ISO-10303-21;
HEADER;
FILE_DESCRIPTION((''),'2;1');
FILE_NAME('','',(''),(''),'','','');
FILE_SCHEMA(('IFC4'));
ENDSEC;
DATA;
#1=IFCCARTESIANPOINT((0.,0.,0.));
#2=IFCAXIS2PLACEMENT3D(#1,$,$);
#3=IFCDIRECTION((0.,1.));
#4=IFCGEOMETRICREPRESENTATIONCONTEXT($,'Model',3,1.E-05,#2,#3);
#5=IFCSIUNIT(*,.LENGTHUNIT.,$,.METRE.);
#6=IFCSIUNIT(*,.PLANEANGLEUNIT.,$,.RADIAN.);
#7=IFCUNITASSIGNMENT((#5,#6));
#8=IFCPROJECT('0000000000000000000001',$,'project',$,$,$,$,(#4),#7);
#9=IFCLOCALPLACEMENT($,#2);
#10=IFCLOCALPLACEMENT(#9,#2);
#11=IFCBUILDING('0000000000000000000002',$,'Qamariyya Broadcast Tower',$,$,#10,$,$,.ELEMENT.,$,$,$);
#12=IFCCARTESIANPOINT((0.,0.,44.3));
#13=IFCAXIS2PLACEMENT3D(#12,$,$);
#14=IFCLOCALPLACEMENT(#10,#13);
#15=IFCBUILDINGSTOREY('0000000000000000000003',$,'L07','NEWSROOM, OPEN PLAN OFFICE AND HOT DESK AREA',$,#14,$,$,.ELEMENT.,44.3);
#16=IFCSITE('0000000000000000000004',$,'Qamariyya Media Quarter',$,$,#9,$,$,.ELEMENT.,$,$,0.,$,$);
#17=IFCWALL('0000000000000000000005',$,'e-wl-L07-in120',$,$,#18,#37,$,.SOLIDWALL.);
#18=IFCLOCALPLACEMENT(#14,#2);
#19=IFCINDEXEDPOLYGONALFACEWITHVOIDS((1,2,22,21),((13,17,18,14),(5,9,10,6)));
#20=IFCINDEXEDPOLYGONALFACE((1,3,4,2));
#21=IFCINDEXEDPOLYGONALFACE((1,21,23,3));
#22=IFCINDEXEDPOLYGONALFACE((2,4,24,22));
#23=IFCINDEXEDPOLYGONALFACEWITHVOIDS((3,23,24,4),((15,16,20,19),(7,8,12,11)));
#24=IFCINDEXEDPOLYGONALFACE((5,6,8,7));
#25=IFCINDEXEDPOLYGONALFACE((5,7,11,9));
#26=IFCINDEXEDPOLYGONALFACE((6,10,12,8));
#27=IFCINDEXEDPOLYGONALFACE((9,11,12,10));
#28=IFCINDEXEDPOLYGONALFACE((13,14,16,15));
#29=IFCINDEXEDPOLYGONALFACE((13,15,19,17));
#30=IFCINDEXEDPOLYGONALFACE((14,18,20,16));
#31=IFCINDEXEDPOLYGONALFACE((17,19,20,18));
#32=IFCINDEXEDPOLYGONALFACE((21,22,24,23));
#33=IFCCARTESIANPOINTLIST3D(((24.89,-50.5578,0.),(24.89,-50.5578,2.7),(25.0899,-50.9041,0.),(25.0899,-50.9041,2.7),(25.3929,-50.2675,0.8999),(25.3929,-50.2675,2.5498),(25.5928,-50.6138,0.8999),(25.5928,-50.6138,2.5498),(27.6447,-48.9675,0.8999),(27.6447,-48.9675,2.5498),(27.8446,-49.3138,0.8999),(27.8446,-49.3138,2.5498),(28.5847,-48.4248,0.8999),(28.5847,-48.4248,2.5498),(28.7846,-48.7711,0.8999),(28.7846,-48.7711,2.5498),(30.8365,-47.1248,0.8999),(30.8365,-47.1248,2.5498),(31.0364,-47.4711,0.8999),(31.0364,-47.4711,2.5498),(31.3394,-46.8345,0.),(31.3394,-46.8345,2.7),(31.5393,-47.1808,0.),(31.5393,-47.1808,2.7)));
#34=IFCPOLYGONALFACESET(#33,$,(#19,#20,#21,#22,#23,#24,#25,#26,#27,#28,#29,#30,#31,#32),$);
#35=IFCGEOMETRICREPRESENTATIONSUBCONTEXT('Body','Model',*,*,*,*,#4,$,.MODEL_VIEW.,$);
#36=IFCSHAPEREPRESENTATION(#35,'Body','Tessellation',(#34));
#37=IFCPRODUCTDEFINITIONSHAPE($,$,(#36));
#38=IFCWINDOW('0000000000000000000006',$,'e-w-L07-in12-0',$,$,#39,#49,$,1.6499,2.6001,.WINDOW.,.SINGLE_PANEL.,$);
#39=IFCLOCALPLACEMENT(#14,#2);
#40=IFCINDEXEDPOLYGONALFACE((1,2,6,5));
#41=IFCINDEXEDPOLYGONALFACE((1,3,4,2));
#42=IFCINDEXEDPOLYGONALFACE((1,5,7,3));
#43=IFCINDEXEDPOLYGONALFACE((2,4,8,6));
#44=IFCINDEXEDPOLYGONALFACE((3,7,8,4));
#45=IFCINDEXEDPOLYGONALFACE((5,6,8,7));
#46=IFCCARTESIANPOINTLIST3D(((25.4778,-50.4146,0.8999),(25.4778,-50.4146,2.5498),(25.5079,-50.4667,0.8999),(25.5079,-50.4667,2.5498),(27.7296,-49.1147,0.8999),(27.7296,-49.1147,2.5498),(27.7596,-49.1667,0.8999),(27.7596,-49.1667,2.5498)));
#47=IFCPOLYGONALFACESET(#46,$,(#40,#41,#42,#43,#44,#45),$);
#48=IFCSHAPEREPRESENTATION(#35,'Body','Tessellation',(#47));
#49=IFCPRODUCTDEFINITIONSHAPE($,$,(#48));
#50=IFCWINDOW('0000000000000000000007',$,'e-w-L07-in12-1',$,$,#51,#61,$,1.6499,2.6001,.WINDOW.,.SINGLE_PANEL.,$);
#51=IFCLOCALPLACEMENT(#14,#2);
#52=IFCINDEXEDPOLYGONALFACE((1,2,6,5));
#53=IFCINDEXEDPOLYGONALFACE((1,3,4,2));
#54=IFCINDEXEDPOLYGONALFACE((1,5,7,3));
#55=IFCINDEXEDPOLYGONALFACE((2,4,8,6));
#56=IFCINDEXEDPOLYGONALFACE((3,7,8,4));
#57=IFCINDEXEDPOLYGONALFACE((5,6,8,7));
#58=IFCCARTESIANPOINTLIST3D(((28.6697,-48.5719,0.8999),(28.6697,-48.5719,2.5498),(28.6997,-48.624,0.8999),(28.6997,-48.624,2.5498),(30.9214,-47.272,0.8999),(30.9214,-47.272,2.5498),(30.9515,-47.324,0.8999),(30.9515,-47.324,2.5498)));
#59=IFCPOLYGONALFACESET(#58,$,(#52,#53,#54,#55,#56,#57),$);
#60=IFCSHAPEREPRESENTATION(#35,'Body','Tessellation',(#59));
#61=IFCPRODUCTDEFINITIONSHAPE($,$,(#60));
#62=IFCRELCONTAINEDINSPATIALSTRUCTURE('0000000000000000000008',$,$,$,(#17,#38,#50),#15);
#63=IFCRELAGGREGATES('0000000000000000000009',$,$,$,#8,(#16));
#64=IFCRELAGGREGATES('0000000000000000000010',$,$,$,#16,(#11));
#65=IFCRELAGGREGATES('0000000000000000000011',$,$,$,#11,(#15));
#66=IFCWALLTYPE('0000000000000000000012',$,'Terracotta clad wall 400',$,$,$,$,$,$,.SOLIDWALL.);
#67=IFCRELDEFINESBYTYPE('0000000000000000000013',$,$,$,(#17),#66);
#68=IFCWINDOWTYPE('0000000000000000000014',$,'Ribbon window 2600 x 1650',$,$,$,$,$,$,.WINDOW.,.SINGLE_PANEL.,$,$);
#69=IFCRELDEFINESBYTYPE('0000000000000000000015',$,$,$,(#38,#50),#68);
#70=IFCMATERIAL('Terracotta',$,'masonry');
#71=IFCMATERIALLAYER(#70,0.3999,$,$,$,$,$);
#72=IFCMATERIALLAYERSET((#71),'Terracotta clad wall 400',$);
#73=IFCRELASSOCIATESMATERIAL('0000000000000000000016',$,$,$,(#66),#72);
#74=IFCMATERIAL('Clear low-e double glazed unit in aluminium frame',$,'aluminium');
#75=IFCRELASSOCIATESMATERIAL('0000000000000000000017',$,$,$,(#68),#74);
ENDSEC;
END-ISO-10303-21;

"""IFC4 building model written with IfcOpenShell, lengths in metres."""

from ifc_helpers import new_model, si_unit, direction, frame, frame_2d, origin, place, context, subcontext, project, spatial, rectangle, extrude, material, layer, layer_set, type_object, element, fill, save


model = new_model("IFC4")

# Units and contexts
model_context = context("Model", 3, precision=1e-05, world=origin(), true_north=direction((0.0, 1.0)))
body_context = subcontext(model_context, "Body", "Model", "MODEL_VIEW")
ifc_project = project(units=[si_unit("LENGTHUNIT", "METRE"), si_unit("PLANEANGLEUNIT", "RADIAN")], contexts=[model_context])

# Site, building, storey
site_placement = place(None, origin())
site = spatial("IfcSite", under=ifc_project, at=site_placement, Name="Qamariyya Media Quarter", CompositionType="ELEMENT", RefElevation=0.0)
building_placement = place(site_placement, origin())
building = spatial("IfcBuilding", under=site, at=building_placement, Name="Qamariyya Broadcast Tower", CompositionType="ELEMENT")
storey_placement = place(building_placement, frame((0.0, 0.0, 44.3)))
storey = spatial("IfcBuildingStorey", under=building, at=storey_placement, Name="L07", Description="NEWSROOM, OPEN PLAN OFFICE AND HOT DESK AREA", CompositionType="ELEMENT", Elevation=44.3)

# Wall, openings, windows
ifc_material_1 = material(Name="Terracotta", Category="masonry")
ifc_layer_1 = layer(ifc_material_1, 0.3999)
ifc_layer_set_1 = layer_set([ifc_layer_1], Name="Terracotta clad wall 400")
wall_type = type_object("IfcWallType", Name="Terracotta clad wall 400", PredefinedType="SOLIDWALL", material=ifc_layer_set_1)
wall_placement = place(storey_placement, frame((31.4395, -47.0076, 0.0), z_axis=(0.0, 0.0, 1.0), x_axis=(-0.866038, -0.499979, 0.0)))
wall = element("IfcWall", 1, at=wall_placement, inside=storey, type_object=wall_type, Name="e-wl-L07-in120", PredefinedType="SOLIDWALL", context=body_context, shape_type="SweptSolid", body=[
    extrude(rectangle(XDim=7.447, YDim=0.3999, at=frame_2d((3.7236, 0.0))), origin(), (0.0, 0.0, 1.0), 2.7),
])
opening_1_placement = place(wall_placement, frame((4.2664, 0.0, 0.8999)))
opening_1 = element("IfcOpeningElement", 2, at=opening_1_placement, cuts=wall, PredefinedType="OPENING", context=body_context, shape_type="SweptSolid", body=[
    extrude(rectangle(XDim=2.6001, YDim=1.6499, at=frame_2d((1.3, 0.825))), frame((0.0, 0.21, 0.0), z_axis=(0.0, -1.0, 0.0), x_axis=(1.0, 0.0, 0.0)), (0.0, 0.0, 1.0), 0.4199),
])
opening_2_placement = place(wall_placement, frame((0.5808, 0.0, 0.8999)))
opening_2 = element("IfcOpeningElement", 3, at=opening_2_placement, cuts=wall, PredefinedType="OPENING", context=body_context, shape_type="SweptSolid", body=[
    extrude(rectangle(XDim=2.6001, YDim=1.6499, at=frame_2d((1.3, 0.825))), frame((0.0, 0.21, 0.0), z_axis=(0.0, -1.0, 0.0), x_axis=(1.0, 0.0, 0.0)), (0.0, 0.0, 1.0), 0.4199),
])
ifc_material_2 = material(Name="Clear low-e double glazed unit in aluminium frame", Category="aluminium")
window_type = type_object("IfcWindowType", Name="Ribbon window 2600 x 1650", PartitioningType="SINGLE_PANEL", PredefinedType="WINDOW", material=ifc_material_2)
window_1_placement = place(opening_1_placement, origin())
window_1 = element("IfcWindow", 4, at=window_1_placement, inside=storey, type_object=window_type, Name="e-w-L07-in12-0", OverallHeight=1.6499, OverallWidth=2.6001, PartitioningType="SINGLE_PANEL", PredefinedType="WINDOW", context=body_context, shape_type="SweptSolid", body=[
    extrude(rectangle(XDim=2.6001, YDim=1.6499, at=frame_2d((1.3, 0.825))), frame((0.0, 0.03, 0.0), z_axis=(0.0, -1.0, 0.0), x_axis=(1.0, 0.0, 0.0)), (0.0, 0.0, 1.0), 0.0601),
])
fill(opening_1, window_1)
window_2_placement = place(opening_2_placement, origin())
window_2 = element("IfcWindow", 5, at=window_2_placement, inside=storey, type_object=window_type, Name="e-w-L07-in12-1", OverallHeight=1.6499, OverallWidth=2.6001, PartitioningType="SINGLE_PANEL", PredefinedType="WINDOW", context=body_context, shape_type="SweptSolid", body=[
    extrude(rectangle(XDim=2.6001, YDim=1.6499, at=frame_2d((1.3, 0.825))), frame((0.0, 0.03, 0.0), z_axis=(0.0, -1.0, 0.0), x_axis=(1.0, 0.0, 0.0)), (0.0, 0.0, 1.0), 0.0601),
])
fill(opening_2, window_2)

save(model, "model.ifc")
